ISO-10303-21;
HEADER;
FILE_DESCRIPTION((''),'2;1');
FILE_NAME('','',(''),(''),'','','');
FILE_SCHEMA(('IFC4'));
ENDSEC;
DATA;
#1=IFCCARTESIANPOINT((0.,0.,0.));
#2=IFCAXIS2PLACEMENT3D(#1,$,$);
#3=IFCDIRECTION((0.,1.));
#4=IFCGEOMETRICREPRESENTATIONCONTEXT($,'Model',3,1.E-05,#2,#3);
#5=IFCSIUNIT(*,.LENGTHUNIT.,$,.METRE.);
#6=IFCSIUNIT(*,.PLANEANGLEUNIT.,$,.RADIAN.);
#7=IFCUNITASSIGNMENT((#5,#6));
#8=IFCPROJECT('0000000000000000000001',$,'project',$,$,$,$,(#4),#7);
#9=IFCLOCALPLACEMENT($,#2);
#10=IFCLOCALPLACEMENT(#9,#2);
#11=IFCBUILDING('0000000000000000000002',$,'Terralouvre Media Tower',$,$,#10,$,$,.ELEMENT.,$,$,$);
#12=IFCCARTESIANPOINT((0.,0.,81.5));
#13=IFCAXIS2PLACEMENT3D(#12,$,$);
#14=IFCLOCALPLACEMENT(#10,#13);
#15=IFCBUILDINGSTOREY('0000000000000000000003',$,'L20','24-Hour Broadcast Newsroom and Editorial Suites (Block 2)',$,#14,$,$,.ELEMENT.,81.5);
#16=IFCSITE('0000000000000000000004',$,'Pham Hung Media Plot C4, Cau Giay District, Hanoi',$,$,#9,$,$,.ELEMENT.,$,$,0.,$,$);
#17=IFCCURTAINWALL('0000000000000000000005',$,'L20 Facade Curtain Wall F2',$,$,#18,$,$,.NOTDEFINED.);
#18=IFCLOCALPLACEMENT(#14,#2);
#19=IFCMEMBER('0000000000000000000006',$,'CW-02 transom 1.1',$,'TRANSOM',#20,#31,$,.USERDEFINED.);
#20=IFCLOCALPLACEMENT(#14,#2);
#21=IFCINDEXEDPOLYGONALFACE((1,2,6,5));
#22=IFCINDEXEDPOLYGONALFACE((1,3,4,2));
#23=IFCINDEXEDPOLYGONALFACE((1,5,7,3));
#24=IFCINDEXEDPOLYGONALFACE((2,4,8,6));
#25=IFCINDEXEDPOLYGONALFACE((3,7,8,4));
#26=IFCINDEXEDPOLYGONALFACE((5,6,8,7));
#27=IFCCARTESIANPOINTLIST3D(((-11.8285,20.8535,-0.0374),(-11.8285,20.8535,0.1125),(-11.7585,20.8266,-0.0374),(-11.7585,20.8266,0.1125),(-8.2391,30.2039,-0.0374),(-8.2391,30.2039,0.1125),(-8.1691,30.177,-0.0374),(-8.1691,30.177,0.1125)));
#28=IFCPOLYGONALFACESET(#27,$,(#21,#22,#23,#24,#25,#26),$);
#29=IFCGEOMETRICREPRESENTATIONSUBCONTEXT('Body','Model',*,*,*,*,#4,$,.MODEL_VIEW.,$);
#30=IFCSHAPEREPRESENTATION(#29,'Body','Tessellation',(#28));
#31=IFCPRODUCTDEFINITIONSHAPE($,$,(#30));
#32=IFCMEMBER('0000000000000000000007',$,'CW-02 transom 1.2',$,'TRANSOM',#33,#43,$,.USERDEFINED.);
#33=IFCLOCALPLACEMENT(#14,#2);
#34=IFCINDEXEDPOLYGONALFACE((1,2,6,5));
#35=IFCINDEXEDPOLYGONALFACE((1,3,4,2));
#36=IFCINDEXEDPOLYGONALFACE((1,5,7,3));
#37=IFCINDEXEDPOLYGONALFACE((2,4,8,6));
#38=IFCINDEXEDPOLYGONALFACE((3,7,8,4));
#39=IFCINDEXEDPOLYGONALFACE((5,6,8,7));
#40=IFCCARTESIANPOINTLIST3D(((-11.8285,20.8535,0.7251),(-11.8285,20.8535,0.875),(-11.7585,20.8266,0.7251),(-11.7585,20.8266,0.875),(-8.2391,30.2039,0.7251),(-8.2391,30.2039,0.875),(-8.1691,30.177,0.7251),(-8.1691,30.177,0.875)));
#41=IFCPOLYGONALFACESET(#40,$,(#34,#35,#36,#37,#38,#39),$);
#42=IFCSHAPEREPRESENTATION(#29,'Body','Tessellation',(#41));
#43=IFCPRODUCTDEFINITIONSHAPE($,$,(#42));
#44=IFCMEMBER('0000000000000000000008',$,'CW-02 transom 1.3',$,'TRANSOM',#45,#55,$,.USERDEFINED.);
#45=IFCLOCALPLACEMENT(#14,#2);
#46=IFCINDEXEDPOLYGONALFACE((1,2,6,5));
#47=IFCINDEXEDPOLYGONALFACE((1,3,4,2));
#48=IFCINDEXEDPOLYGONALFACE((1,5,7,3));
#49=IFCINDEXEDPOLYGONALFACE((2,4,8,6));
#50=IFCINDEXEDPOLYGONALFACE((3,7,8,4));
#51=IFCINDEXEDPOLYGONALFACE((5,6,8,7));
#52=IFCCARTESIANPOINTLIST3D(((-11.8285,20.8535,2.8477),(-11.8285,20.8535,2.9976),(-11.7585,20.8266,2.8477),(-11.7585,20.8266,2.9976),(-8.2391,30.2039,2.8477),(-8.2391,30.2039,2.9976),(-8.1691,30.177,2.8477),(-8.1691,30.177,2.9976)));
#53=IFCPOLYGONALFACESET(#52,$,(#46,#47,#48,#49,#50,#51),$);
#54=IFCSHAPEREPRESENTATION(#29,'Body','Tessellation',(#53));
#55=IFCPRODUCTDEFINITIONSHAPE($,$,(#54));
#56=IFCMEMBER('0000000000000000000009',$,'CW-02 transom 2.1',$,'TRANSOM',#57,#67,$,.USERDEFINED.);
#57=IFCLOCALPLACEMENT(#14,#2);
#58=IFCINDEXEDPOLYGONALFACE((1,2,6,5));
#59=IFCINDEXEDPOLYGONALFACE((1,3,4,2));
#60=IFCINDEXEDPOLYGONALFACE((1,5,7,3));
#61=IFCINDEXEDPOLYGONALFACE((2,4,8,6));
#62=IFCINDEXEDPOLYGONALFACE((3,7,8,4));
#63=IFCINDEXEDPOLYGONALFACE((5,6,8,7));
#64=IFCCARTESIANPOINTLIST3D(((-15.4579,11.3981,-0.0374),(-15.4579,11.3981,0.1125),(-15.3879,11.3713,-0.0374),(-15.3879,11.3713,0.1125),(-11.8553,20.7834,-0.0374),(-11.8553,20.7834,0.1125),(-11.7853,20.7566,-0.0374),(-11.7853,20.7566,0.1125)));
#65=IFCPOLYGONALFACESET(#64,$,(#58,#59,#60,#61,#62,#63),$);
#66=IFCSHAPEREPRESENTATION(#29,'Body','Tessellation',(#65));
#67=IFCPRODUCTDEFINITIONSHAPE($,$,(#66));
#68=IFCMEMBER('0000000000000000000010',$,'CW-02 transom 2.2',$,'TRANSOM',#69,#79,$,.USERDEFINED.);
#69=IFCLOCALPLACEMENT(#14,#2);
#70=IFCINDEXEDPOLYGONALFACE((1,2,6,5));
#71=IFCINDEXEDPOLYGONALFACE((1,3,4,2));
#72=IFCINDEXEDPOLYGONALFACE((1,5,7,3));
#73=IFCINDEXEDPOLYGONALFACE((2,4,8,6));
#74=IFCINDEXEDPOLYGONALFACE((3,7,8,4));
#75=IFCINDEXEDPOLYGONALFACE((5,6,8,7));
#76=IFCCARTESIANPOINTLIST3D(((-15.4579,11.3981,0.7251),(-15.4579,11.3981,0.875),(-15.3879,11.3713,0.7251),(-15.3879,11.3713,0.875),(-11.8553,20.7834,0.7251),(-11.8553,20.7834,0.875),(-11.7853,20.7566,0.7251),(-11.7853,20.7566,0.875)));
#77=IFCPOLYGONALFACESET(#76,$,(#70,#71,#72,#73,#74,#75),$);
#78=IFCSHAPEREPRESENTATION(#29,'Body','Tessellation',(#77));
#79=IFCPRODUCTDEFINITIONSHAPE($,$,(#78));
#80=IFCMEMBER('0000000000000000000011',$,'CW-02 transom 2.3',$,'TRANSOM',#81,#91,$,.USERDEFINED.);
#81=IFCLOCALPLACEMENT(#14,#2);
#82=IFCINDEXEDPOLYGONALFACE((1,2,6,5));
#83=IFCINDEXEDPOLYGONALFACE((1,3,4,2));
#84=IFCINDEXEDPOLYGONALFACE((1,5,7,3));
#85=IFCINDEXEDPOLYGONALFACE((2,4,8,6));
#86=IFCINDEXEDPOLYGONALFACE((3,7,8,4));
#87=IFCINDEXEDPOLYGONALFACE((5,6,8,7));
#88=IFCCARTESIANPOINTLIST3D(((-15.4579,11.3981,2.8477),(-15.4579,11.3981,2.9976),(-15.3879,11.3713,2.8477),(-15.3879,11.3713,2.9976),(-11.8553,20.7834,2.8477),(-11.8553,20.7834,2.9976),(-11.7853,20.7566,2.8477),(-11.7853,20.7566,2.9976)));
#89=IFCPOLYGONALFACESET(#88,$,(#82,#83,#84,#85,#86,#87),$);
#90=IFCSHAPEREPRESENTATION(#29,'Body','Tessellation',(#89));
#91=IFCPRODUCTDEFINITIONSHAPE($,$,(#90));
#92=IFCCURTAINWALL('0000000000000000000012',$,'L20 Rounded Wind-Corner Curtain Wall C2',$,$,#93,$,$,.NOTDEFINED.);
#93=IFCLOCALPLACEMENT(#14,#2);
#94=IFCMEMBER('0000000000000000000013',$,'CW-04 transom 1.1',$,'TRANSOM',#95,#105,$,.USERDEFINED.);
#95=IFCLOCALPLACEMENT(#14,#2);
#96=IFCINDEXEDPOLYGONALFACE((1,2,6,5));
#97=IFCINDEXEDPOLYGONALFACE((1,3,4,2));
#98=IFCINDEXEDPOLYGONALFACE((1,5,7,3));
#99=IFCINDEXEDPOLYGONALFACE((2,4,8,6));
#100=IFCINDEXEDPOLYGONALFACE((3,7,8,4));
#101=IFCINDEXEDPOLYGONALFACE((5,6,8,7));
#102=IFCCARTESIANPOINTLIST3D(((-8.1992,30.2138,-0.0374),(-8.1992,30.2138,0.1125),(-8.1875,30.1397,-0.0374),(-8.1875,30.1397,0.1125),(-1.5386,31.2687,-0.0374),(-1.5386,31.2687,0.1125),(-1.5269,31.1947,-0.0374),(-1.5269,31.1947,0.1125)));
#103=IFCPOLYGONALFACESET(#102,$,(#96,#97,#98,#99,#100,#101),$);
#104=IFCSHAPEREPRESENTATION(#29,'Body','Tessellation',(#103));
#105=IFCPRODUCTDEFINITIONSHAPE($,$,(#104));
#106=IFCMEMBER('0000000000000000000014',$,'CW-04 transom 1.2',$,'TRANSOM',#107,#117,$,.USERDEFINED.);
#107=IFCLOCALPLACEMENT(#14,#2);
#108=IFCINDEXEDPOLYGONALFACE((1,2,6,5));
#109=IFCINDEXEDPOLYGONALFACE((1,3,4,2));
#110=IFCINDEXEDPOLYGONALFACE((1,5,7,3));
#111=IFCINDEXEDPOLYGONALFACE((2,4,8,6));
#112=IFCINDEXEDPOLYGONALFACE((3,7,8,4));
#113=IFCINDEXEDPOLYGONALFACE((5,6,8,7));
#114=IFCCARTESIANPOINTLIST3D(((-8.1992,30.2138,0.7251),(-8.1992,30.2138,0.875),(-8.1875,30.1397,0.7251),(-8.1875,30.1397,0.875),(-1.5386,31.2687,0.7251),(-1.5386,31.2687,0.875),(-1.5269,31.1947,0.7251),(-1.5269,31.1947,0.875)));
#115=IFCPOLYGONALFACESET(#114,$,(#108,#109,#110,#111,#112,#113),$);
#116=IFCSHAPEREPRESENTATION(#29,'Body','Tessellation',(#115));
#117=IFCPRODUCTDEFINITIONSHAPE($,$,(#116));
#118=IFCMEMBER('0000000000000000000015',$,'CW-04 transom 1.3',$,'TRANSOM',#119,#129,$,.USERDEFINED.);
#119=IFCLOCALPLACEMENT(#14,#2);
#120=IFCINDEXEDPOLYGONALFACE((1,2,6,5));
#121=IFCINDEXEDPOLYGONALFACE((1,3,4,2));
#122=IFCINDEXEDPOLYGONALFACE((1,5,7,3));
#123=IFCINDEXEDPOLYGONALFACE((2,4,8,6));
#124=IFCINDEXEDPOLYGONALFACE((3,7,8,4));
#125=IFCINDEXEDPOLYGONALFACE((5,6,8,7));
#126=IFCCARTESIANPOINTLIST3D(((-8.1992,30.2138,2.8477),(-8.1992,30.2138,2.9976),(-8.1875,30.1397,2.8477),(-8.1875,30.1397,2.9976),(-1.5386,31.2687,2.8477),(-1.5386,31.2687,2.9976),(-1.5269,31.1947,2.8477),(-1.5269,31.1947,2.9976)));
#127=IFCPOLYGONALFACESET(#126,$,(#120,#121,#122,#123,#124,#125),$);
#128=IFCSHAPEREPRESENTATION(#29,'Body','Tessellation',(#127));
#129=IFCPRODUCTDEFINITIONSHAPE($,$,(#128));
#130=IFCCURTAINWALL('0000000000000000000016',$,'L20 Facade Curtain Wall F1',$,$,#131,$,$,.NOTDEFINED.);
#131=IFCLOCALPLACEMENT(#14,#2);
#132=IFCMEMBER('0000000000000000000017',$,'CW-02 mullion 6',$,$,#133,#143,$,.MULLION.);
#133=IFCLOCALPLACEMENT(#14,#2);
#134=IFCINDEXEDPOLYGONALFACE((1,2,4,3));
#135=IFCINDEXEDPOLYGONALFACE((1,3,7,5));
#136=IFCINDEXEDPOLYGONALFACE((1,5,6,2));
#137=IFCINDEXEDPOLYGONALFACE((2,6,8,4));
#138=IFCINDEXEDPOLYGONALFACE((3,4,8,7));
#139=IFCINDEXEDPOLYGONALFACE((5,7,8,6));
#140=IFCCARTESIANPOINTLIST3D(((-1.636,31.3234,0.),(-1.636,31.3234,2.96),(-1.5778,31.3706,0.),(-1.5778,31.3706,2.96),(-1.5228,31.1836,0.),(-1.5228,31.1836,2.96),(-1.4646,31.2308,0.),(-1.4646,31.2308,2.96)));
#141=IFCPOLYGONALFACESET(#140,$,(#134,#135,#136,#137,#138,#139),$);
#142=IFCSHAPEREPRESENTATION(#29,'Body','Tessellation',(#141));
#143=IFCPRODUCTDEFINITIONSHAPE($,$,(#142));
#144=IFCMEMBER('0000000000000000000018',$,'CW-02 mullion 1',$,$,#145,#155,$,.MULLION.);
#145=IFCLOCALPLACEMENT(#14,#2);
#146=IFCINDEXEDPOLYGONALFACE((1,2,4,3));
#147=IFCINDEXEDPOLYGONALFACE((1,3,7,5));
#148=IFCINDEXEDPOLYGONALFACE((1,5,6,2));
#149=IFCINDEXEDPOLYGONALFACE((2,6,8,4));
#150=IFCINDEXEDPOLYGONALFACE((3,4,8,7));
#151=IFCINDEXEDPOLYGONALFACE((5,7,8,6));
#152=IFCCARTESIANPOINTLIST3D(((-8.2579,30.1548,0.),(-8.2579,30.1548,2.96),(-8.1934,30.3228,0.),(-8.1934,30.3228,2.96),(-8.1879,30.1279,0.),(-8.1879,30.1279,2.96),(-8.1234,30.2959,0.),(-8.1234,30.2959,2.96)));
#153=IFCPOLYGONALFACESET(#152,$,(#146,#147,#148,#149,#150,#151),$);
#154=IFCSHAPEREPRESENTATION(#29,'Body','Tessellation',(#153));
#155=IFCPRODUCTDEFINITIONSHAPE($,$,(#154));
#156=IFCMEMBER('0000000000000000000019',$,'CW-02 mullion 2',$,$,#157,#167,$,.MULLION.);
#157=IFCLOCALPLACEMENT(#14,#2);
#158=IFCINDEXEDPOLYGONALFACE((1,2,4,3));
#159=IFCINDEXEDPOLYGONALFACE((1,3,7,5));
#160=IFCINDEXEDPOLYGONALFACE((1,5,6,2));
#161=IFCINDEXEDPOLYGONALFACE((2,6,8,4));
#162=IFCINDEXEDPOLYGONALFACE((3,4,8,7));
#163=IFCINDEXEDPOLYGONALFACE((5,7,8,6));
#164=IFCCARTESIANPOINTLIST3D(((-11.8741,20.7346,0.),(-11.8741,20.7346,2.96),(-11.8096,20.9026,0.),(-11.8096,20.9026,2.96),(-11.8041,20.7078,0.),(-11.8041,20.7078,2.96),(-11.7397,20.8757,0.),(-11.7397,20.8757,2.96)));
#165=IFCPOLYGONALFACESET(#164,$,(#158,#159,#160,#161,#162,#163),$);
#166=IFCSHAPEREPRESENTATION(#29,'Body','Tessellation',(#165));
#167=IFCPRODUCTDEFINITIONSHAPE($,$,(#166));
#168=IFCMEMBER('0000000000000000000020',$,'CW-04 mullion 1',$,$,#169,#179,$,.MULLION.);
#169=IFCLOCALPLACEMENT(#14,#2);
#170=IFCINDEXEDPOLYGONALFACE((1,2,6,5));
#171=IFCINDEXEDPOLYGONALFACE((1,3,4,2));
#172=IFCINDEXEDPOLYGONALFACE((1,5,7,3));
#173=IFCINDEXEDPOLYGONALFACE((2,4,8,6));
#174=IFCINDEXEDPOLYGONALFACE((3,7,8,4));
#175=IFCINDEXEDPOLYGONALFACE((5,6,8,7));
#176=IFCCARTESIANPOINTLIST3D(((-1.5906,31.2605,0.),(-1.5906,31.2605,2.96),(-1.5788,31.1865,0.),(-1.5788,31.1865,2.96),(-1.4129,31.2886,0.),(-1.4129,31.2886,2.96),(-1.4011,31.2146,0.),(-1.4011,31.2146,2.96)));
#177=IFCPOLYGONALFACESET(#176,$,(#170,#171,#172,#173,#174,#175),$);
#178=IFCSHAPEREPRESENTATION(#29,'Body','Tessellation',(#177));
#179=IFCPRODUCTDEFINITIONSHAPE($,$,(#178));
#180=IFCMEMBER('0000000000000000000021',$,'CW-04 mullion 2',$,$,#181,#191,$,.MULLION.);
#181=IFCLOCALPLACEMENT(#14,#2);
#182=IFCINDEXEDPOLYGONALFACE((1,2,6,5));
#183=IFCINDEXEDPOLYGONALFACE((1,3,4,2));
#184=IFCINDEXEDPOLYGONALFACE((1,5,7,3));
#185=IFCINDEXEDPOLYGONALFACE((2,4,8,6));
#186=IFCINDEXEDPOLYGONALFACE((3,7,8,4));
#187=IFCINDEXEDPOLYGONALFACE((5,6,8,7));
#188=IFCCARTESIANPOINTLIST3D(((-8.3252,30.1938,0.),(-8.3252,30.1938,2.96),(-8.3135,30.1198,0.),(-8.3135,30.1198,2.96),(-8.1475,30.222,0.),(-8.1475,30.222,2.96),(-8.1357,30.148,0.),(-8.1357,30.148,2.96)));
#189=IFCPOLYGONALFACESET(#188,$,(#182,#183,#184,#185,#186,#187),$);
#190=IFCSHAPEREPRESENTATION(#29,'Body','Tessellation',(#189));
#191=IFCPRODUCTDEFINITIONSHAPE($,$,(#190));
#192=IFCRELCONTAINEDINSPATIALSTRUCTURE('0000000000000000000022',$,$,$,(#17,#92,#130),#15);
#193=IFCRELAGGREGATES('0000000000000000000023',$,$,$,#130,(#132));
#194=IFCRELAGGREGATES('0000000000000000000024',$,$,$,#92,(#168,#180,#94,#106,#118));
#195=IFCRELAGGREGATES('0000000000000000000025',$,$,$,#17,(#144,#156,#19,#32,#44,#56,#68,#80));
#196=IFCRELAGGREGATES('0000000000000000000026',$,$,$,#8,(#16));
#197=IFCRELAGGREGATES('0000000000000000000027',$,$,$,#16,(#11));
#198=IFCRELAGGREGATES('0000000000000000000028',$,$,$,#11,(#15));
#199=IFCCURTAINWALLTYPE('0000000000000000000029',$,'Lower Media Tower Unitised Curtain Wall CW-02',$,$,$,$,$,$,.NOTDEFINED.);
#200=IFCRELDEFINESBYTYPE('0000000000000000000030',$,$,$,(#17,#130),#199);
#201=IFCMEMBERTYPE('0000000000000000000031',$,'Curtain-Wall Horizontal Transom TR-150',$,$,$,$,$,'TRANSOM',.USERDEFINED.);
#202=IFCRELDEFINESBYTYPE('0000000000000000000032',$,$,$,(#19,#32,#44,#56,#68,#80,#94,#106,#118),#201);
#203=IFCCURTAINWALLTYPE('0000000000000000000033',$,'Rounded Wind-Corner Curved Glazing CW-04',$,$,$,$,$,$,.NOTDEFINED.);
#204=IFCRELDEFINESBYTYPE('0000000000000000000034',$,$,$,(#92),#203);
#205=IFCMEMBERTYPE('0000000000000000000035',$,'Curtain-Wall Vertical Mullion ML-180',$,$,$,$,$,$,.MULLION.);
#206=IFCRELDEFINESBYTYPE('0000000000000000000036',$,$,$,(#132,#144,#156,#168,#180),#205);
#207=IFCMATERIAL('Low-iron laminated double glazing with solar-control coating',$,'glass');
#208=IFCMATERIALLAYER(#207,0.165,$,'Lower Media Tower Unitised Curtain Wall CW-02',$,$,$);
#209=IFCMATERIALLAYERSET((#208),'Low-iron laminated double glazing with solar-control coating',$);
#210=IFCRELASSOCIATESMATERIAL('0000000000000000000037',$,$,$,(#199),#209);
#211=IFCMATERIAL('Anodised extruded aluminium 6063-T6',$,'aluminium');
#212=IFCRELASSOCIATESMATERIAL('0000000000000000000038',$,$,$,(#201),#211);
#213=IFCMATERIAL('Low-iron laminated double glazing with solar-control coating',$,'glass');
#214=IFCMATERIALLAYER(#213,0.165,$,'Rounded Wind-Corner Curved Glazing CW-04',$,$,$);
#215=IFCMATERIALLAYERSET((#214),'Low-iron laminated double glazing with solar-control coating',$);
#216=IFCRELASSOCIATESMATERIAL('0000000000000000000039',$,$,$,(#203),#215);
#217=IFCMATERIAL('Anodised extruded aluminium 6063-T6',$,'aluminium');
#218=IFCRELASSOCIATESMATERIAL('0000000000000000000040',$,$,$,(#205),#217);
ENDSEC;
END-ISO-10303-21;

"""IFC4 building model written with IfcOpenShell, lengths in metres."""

from ifc_helpers import new_model, si_unit, direction, frame, origin, origin_2d, place, context, subcontext, project, spatial, rectangle, extrude, material, layer, layer_set, material_profile, profile_set, type_object, element, aggregate, save


model = new_model("IFC4")

# Units and contexts
model_context = context("Model", 3, precision=1e-05, world=origin(), true_north=direction((0.0, 1.0)))
body_context = subcontext(model_context, "Body", "Model", "MODEL_VIEW")
ifc_project = project(units=[si_unit("LENGTHUNIT", "METRE"), si_unit("PLANEANGLEUNIT", "RADIAN")], contexts=[model_context])

# Site, building, storey
site_placement = place(None, origin())
site = spatial("IfcSite", under=ifc_project, at=site_placement, Name="Pham Hung Media Plot C4, Cau Giay District, Hanoi", CompositionType="ELEMENT", RefElevation=0.0)
building_placement = place(site_placement, origin())
building = spatial("IfcBuilding", under=site, at=building_placement, Name="Terralouvre Media Tower", CompositionType="ELEMENT")
storey_placement = place(building_placement, frame((0.0, 0.0, 81.5)))
storey = spatial("IfcBuildingStorey", under=building, at=storey_placement, Name="L20", Description="24-Hour Broadcast Newsroom and Editorial Suites (Block 2)", CompositionType="ELEMENT", Elevation=81.5)

# Curtain walls, members
ifc_material_1 = material(Name="Low-iron laminated double glazing with solar-control coating", Category="glass")
ifc_layer_1 = layer(ifc_material_1, 0.165, Name="Lower Media Tower Unitised Curtain Wall CW-02")
ifc_layer_set_1 = layer_set([ifc_layer_1], Name="Low-iron laminated double glazing with solar-control coating")
curtain_wall_type_1 = type_object("IfcCurtainWallType", Name="Lower Media Tower Unitised Curtain Wall CW-02", PredefinedType="NOTDEFINED", material=ifc_layer_set_1)
curtain_wall_1_placement = place(storey_placement, origin())
curtain_wall_1 = element("IfcCurtainWall", 1, at=curtain_wall_1_placement, inside=storey, type_object=curtain_wall_type_1, Name="L20 Facade Curtain Wall F2", PredefinedType="NOTDEFINED")
ifc_material_2 = material(Name="Anodised extruded aluminium 6063-T6", Category="aluminium")
ifc_material_profile_1 = material_profile(ifc_material_2, rectangle(XDim=0.075, YDim=0.1499, at=origin_2d()), Name="ALU 75x150")
ifc_profile_set_1 = profile_set([ifc_material_profile_1], Name="Anodised extruded aluminium 6063-T6")
member_type_1 = type_object("IfcMemberType", Name="Curtain-Wall Horizontal Transom TR-150", ElementType="TRANSOM", PredefinedType="USERDEFINED", material=ifc_profile_set_1)
member_1_placement = place(storey_placement, frame((-8.2041, 30.1904, 0.0376), z_axis=(-0.358376, -0.933577, 0.0), x_axis=(0.933577, -0.358376, 0.0)))
member_1 = element("IfcMember", 2, at=member_1_placement, type_object=member_type_1, Name="CW-02 transom 1.1", ObjectType="TRANSOM", PredefinedType="USERDEFINED", context=body_context, shape_type="SweptSolid", body=[
    extrude(rectangle(XDim=0.075, YDim=0.1499, at=origin_2d()), origin(), (0.0, 0.0, 1.0), 10.0156),
])
member_2_placement = place(storey_placement, frame((-8.2041, 30.1904, 0.8), z_axis=(-0.358376, -0.933577, 0.0), x_axis=(0.933577, -0.358376, 0.0)))
member_2 = element("IfcMember", 3, at=member_2_placement, type_object=member_type_1, Name="CW-02 transom 1.2", ObjectType="TRANSOM", PredefinedType="USERDEFINED", context=body_context, shape_type="SweptSolid", body=[
    extrude(rectangle(XDim=0.075, YDim=0.1499, at=origin_2d()), origin(), (0.0, 0.0, 1.0), 10.0156),
])
member_3_placement = place(storey_placement, frame((-8.2041, 30.1904, 2.9226), z_axis=(-0.358376, -0.933577, 0.0), x_axis=(0.933577, -0.358376, 0.0)))
member_3 = element("IfcMember", 4, at=member_3_placement, type_object=member_type_1, Name="CW-02 transom 1.3", ObjectType="TRANSOM", PredefinedType="USERDEFINED", context=body_context, shape_type="SweptSolid", body=[
    extrude(rectangle(XDim=0.075, YDim=0.1499, at=origin_2d()), origin(), (0.0, 0.0, 1.0), 10.0156),
])
member_4_placement = place(storey_placement, frame((-11.8203, 20.77, 0.0376), z_axis=(-0.358357, -0.933584, 0.0), x_axis=(0.933584, -0.358357, 0.0)))
member_4 = element("IfcMember", 5, at=member_4_placement, type_object=member_type_1, Name="CW-02 transom 2.1", ObjectType="TRANSOM", PredefinedType="USERDEFINED", context=body_context, shape_type="SweptSolid", body=[
    extrude(rectangle(XDim=0.075, YDim=0.1499, at=origin_2d()), origin(), (0.0, 0.0, 1.0), 10.053),
])
member_5_placement = place(storey_placement, frame((-11.8203, 20.77, 0.8), z_axis=(-0.358357, -0.933584, 0.0), x_axis=(0.933584, -0.358357, 0.0)))
member_5 = element("IfcMember", 6, at=member_5_placement, type_object=member_type_1, Name="CW-02 transom 2.2", ObjectType="TRANSOM", PredefinedType="USERDEFINED", context=body_context, shape_type="SweptSolid", body=[
    extrude(rectangle(XDim=0.075, YDim=0.1499, at=origin_2d()), origin(), (0.0, 0.0, 1.0), 10.053),
])
member_6_placement = place(storey_placement, frame((-11.8203, 20.77, 2.9226), z_axis=(-0.358357, -0.933584, 0.0), x_axis=(0.933584, -0.358357, 0.0)))
member_6 = element("IfcMember", 7, at=member_6_placement, type_object=member_type_1, Name="CW-02 transom 2.3", ObjectType="TRANSOM", PredefinedType="USERDEFINED", context=body_context, shape_type="SweptSolid", body=[
    extrude(rectangle(XDim=0.075, YDim=0.1499, at=origin_2d()), origin(), (0.0, 0.0, 1.0), 10.053),
])
ifc_material_3 = material(Name="Low-iron laminated double glazing with solar-control coating", Category="glass")
ifc_layer_2 = layer(ifc_material_3, 0.165, Name="Rounded Wind-Corner Curved Glazing CW-04")
ifc_layer_set_2 = layer_set([ifc_layer_2], Name="Low-iron laminated double glazing with solar-control coating")
curtain_wall_type_2 = type_object("IfcCurtainWallType", Name="Rounded Wind-Corner Curved Glazing CW-04", PredefinedType="NOTDEFINED", material=ifc_layer_set_2)
curtain_wall_2_placement = place(storey_placement, origin())
curtain_wall_2 = element("IfcCurtainWall", 8, at=curtain_wall_2_placement, inside=storey, type_object=curtain_wall_type_2, Name="L20 Rounded Wind-Corner Curtain Wall C2", PredefinedType="NOTDEFINED")
member_7_placement = place(storey_placement, frame((-1.5327, 31.2317, 0.0376), z_axis=(-0.987689, -0.156433, 0.0), x_axis=(0.156433, -0.987689, 0.0)))
member_7 = element("IfcMember", 9, at=member_7_placement, type_object=member_type_1, Name="CW-04 transom 1.1", ObjectType="TRANSOM", PredefinedType="USERDEFINED", context=body_context, shape_type="SweptSolid", body=[
    extrude(rectangle(XDim=0.075, YDim=0.1499, at=origin_2d()), origin(), (0.0, 0.0, 1.0), 6.7437),
])
member_8_placement = place(storey_placement, frame((-1.5327, 31.2317, 0.8), z_axis=(-0.987689, -0.156433, 0.0), x_axis=(0.156433, -0.987689, 0.0)))
member_8 = element("IfcMember", 10, at=member_8_placement, type_object=member_type_1, Name="CW-04 transom 1.2", ObjectType="TRANSOM", PredefinedType="USERDEFINED", context=body_context, shape_type="SweptSolid", body=[
    extrude(rectangle(XDim=0.075, YDim=0.1499, at=origin_2d()), origin(), (0.0, 0.0, 1.0), 6.7437),
])
member_9_placement = place(storey_placement, frame((-1.5327, 31.2317, 2.9226), z_axis=(-0.987689, -0.156433, 0.0), x_axis=(0.156433, -0.987689, 0.0)))
member_9 = element("IfcMember", 11, at=member_9_placement, type_object=member_type_1, Name="CW-04 transom 1.3", ObjectType="TRANSOM", PredefinedType="USERDEFINED", context=body_context, shape_type="SweptSolid", body=[
    extrude(rectangle(XDim=0.075, YDim=0.1499, at=origin_2d()), origin(), (0.0, 0.0, 1.0), 6.7437),
])

# Curtain wall, member
curtain_wall_3_placement = place(storey_placement, origin())
curtain_wall_3 = element("IfcCurtainWall", 12, at=curtain_wall_3_placement, inside=storey, type_object=curtain_wall_type_1, Name="L20 Facade Curtain Wall F1", PredefinedType="NOTDEFINED")
ifc_material_4 = material(Name="Anodised extruded aluminium 6063-T6", Category="aluminium")
ifc_material_profile_2 = material_profile(ifc_material_4, rectangle(XDim=0.075, YDim=0.1799, at=origin_2d()), Name="ALU 75x180")
ifc_profile_set_2 = profile_set([ifc_material_profile_2], Name="Anodised extruded aluminium 6063-T6")
member_type_2 = type_object("IfcMemberType", Name="Curtain-Wall Vertical Mullion ML-180", PredefinedType="MULLION", material=ifc_profile_set_2)
member_10_placement = place(storey_placement, frame((-1.5503, 31.2771, 0.0), z_axis=(0.0, 0.0, 1.0), x_axis=(-0.777146, -0.62932, 0.0)))
member_10 = element("IfcMember", 13, at=member_10_placement, type_object=member_type_2, Name="CW-02 mullion 6", PredefinedType="MULLION", context=body_context, shape_type="SweptSolid", body=[
    extrude(rectangle(XDim=0.075, YDim=0.1799, at=origin_2d()), origin(), (0.0, 0.0, 1.0), 2.96),
])
aggregate(curtain_wall_3, [member_10])

# Members
member_11_placement = place(storey_placement, frame((-8.1907, 30.2253, 0.0), z_axis=(0.0, 0.0, 1.0), x_axis=(0.93358, -0.358368, 0.0)))
member_11 = element("IfcMember", 14, at=member_11_placement, type_object=member_type_2, Name="CW-02 mullion 1", PredefinedType="MULLION", context=body_context, shape_type="SweptSolid", body=[
    extrude(rectangle(XDim=0.075, YDim=0.1799, at=origin_2d()), origin(), (0.0, 0.0, 1.0), 2.96),
])
member_12_placement = place(storey_placement, frame((-11.8069, 20.8052, 0.0), z_axis=(0.0, 0.0, 1.0), x_axis=(0.93358, -0.358368, 0.0)))
member_12 = element("IfcMember", 15, at=member_12_placement, type_object=member_type_2, Name="CW-02 mullion 2", PredefinedType="MULLION", context=body_context, shape_type="SweptSolid", body=[
    extrude(rectangle(XDim=0.075, YDim=0.1799, at=origin_2d()), origin(), (0.0, 0.0, 1.0), 2.96),
])
member_13_placement = place(storey_placement, frame((-1.4958, 31.2375, 0.0), z_axis=(0.0, 0.0, 1.0), x_axis=(0.156434, -0.987688, 0.0)))
member_13 = element("IfcMember", 16, at=member_13_placement, type_object=member_type_2, Name="CW-04 mullion 1", PredefinedType="MULLION", context=body_context, shape_type="SweptSolid", body=[
    extrude(rectangle(XDim=0.075, YDim=0.1799, at=origin_2d()), origin(), (0.0, 0.0, 1.0), 2.96),
])
member_14_placement = place(storey_placement, frame((-8.2305, 30.1709, 0.0), z_axis=(0.0, 0.0, 1.0), x_axis=(0.156434, -0.987688, 0.0)))
member_14 = element("IfcMember", 17, at=member_14_placement, type_object=member_type_2, Name="CW-04 mullion 2", PredefinedType="MULLION", context=body_context, shape_type="SweptSolid", body=[
    extrude(rectangle(XDim=0.075, YDim=0.1799, at=origin_2d()), origin(), (0.0, 0.0, 1.0), 2.96),
])

aggregate(curtain_wall_2, [member_13, member_14, member_7, member_8, member_9])
aggregate(curtain_wall_1, [member_11, member_12, member_1, member_2, member_3, member_4, member_5, member_6])

save(model, "model.ifc")
